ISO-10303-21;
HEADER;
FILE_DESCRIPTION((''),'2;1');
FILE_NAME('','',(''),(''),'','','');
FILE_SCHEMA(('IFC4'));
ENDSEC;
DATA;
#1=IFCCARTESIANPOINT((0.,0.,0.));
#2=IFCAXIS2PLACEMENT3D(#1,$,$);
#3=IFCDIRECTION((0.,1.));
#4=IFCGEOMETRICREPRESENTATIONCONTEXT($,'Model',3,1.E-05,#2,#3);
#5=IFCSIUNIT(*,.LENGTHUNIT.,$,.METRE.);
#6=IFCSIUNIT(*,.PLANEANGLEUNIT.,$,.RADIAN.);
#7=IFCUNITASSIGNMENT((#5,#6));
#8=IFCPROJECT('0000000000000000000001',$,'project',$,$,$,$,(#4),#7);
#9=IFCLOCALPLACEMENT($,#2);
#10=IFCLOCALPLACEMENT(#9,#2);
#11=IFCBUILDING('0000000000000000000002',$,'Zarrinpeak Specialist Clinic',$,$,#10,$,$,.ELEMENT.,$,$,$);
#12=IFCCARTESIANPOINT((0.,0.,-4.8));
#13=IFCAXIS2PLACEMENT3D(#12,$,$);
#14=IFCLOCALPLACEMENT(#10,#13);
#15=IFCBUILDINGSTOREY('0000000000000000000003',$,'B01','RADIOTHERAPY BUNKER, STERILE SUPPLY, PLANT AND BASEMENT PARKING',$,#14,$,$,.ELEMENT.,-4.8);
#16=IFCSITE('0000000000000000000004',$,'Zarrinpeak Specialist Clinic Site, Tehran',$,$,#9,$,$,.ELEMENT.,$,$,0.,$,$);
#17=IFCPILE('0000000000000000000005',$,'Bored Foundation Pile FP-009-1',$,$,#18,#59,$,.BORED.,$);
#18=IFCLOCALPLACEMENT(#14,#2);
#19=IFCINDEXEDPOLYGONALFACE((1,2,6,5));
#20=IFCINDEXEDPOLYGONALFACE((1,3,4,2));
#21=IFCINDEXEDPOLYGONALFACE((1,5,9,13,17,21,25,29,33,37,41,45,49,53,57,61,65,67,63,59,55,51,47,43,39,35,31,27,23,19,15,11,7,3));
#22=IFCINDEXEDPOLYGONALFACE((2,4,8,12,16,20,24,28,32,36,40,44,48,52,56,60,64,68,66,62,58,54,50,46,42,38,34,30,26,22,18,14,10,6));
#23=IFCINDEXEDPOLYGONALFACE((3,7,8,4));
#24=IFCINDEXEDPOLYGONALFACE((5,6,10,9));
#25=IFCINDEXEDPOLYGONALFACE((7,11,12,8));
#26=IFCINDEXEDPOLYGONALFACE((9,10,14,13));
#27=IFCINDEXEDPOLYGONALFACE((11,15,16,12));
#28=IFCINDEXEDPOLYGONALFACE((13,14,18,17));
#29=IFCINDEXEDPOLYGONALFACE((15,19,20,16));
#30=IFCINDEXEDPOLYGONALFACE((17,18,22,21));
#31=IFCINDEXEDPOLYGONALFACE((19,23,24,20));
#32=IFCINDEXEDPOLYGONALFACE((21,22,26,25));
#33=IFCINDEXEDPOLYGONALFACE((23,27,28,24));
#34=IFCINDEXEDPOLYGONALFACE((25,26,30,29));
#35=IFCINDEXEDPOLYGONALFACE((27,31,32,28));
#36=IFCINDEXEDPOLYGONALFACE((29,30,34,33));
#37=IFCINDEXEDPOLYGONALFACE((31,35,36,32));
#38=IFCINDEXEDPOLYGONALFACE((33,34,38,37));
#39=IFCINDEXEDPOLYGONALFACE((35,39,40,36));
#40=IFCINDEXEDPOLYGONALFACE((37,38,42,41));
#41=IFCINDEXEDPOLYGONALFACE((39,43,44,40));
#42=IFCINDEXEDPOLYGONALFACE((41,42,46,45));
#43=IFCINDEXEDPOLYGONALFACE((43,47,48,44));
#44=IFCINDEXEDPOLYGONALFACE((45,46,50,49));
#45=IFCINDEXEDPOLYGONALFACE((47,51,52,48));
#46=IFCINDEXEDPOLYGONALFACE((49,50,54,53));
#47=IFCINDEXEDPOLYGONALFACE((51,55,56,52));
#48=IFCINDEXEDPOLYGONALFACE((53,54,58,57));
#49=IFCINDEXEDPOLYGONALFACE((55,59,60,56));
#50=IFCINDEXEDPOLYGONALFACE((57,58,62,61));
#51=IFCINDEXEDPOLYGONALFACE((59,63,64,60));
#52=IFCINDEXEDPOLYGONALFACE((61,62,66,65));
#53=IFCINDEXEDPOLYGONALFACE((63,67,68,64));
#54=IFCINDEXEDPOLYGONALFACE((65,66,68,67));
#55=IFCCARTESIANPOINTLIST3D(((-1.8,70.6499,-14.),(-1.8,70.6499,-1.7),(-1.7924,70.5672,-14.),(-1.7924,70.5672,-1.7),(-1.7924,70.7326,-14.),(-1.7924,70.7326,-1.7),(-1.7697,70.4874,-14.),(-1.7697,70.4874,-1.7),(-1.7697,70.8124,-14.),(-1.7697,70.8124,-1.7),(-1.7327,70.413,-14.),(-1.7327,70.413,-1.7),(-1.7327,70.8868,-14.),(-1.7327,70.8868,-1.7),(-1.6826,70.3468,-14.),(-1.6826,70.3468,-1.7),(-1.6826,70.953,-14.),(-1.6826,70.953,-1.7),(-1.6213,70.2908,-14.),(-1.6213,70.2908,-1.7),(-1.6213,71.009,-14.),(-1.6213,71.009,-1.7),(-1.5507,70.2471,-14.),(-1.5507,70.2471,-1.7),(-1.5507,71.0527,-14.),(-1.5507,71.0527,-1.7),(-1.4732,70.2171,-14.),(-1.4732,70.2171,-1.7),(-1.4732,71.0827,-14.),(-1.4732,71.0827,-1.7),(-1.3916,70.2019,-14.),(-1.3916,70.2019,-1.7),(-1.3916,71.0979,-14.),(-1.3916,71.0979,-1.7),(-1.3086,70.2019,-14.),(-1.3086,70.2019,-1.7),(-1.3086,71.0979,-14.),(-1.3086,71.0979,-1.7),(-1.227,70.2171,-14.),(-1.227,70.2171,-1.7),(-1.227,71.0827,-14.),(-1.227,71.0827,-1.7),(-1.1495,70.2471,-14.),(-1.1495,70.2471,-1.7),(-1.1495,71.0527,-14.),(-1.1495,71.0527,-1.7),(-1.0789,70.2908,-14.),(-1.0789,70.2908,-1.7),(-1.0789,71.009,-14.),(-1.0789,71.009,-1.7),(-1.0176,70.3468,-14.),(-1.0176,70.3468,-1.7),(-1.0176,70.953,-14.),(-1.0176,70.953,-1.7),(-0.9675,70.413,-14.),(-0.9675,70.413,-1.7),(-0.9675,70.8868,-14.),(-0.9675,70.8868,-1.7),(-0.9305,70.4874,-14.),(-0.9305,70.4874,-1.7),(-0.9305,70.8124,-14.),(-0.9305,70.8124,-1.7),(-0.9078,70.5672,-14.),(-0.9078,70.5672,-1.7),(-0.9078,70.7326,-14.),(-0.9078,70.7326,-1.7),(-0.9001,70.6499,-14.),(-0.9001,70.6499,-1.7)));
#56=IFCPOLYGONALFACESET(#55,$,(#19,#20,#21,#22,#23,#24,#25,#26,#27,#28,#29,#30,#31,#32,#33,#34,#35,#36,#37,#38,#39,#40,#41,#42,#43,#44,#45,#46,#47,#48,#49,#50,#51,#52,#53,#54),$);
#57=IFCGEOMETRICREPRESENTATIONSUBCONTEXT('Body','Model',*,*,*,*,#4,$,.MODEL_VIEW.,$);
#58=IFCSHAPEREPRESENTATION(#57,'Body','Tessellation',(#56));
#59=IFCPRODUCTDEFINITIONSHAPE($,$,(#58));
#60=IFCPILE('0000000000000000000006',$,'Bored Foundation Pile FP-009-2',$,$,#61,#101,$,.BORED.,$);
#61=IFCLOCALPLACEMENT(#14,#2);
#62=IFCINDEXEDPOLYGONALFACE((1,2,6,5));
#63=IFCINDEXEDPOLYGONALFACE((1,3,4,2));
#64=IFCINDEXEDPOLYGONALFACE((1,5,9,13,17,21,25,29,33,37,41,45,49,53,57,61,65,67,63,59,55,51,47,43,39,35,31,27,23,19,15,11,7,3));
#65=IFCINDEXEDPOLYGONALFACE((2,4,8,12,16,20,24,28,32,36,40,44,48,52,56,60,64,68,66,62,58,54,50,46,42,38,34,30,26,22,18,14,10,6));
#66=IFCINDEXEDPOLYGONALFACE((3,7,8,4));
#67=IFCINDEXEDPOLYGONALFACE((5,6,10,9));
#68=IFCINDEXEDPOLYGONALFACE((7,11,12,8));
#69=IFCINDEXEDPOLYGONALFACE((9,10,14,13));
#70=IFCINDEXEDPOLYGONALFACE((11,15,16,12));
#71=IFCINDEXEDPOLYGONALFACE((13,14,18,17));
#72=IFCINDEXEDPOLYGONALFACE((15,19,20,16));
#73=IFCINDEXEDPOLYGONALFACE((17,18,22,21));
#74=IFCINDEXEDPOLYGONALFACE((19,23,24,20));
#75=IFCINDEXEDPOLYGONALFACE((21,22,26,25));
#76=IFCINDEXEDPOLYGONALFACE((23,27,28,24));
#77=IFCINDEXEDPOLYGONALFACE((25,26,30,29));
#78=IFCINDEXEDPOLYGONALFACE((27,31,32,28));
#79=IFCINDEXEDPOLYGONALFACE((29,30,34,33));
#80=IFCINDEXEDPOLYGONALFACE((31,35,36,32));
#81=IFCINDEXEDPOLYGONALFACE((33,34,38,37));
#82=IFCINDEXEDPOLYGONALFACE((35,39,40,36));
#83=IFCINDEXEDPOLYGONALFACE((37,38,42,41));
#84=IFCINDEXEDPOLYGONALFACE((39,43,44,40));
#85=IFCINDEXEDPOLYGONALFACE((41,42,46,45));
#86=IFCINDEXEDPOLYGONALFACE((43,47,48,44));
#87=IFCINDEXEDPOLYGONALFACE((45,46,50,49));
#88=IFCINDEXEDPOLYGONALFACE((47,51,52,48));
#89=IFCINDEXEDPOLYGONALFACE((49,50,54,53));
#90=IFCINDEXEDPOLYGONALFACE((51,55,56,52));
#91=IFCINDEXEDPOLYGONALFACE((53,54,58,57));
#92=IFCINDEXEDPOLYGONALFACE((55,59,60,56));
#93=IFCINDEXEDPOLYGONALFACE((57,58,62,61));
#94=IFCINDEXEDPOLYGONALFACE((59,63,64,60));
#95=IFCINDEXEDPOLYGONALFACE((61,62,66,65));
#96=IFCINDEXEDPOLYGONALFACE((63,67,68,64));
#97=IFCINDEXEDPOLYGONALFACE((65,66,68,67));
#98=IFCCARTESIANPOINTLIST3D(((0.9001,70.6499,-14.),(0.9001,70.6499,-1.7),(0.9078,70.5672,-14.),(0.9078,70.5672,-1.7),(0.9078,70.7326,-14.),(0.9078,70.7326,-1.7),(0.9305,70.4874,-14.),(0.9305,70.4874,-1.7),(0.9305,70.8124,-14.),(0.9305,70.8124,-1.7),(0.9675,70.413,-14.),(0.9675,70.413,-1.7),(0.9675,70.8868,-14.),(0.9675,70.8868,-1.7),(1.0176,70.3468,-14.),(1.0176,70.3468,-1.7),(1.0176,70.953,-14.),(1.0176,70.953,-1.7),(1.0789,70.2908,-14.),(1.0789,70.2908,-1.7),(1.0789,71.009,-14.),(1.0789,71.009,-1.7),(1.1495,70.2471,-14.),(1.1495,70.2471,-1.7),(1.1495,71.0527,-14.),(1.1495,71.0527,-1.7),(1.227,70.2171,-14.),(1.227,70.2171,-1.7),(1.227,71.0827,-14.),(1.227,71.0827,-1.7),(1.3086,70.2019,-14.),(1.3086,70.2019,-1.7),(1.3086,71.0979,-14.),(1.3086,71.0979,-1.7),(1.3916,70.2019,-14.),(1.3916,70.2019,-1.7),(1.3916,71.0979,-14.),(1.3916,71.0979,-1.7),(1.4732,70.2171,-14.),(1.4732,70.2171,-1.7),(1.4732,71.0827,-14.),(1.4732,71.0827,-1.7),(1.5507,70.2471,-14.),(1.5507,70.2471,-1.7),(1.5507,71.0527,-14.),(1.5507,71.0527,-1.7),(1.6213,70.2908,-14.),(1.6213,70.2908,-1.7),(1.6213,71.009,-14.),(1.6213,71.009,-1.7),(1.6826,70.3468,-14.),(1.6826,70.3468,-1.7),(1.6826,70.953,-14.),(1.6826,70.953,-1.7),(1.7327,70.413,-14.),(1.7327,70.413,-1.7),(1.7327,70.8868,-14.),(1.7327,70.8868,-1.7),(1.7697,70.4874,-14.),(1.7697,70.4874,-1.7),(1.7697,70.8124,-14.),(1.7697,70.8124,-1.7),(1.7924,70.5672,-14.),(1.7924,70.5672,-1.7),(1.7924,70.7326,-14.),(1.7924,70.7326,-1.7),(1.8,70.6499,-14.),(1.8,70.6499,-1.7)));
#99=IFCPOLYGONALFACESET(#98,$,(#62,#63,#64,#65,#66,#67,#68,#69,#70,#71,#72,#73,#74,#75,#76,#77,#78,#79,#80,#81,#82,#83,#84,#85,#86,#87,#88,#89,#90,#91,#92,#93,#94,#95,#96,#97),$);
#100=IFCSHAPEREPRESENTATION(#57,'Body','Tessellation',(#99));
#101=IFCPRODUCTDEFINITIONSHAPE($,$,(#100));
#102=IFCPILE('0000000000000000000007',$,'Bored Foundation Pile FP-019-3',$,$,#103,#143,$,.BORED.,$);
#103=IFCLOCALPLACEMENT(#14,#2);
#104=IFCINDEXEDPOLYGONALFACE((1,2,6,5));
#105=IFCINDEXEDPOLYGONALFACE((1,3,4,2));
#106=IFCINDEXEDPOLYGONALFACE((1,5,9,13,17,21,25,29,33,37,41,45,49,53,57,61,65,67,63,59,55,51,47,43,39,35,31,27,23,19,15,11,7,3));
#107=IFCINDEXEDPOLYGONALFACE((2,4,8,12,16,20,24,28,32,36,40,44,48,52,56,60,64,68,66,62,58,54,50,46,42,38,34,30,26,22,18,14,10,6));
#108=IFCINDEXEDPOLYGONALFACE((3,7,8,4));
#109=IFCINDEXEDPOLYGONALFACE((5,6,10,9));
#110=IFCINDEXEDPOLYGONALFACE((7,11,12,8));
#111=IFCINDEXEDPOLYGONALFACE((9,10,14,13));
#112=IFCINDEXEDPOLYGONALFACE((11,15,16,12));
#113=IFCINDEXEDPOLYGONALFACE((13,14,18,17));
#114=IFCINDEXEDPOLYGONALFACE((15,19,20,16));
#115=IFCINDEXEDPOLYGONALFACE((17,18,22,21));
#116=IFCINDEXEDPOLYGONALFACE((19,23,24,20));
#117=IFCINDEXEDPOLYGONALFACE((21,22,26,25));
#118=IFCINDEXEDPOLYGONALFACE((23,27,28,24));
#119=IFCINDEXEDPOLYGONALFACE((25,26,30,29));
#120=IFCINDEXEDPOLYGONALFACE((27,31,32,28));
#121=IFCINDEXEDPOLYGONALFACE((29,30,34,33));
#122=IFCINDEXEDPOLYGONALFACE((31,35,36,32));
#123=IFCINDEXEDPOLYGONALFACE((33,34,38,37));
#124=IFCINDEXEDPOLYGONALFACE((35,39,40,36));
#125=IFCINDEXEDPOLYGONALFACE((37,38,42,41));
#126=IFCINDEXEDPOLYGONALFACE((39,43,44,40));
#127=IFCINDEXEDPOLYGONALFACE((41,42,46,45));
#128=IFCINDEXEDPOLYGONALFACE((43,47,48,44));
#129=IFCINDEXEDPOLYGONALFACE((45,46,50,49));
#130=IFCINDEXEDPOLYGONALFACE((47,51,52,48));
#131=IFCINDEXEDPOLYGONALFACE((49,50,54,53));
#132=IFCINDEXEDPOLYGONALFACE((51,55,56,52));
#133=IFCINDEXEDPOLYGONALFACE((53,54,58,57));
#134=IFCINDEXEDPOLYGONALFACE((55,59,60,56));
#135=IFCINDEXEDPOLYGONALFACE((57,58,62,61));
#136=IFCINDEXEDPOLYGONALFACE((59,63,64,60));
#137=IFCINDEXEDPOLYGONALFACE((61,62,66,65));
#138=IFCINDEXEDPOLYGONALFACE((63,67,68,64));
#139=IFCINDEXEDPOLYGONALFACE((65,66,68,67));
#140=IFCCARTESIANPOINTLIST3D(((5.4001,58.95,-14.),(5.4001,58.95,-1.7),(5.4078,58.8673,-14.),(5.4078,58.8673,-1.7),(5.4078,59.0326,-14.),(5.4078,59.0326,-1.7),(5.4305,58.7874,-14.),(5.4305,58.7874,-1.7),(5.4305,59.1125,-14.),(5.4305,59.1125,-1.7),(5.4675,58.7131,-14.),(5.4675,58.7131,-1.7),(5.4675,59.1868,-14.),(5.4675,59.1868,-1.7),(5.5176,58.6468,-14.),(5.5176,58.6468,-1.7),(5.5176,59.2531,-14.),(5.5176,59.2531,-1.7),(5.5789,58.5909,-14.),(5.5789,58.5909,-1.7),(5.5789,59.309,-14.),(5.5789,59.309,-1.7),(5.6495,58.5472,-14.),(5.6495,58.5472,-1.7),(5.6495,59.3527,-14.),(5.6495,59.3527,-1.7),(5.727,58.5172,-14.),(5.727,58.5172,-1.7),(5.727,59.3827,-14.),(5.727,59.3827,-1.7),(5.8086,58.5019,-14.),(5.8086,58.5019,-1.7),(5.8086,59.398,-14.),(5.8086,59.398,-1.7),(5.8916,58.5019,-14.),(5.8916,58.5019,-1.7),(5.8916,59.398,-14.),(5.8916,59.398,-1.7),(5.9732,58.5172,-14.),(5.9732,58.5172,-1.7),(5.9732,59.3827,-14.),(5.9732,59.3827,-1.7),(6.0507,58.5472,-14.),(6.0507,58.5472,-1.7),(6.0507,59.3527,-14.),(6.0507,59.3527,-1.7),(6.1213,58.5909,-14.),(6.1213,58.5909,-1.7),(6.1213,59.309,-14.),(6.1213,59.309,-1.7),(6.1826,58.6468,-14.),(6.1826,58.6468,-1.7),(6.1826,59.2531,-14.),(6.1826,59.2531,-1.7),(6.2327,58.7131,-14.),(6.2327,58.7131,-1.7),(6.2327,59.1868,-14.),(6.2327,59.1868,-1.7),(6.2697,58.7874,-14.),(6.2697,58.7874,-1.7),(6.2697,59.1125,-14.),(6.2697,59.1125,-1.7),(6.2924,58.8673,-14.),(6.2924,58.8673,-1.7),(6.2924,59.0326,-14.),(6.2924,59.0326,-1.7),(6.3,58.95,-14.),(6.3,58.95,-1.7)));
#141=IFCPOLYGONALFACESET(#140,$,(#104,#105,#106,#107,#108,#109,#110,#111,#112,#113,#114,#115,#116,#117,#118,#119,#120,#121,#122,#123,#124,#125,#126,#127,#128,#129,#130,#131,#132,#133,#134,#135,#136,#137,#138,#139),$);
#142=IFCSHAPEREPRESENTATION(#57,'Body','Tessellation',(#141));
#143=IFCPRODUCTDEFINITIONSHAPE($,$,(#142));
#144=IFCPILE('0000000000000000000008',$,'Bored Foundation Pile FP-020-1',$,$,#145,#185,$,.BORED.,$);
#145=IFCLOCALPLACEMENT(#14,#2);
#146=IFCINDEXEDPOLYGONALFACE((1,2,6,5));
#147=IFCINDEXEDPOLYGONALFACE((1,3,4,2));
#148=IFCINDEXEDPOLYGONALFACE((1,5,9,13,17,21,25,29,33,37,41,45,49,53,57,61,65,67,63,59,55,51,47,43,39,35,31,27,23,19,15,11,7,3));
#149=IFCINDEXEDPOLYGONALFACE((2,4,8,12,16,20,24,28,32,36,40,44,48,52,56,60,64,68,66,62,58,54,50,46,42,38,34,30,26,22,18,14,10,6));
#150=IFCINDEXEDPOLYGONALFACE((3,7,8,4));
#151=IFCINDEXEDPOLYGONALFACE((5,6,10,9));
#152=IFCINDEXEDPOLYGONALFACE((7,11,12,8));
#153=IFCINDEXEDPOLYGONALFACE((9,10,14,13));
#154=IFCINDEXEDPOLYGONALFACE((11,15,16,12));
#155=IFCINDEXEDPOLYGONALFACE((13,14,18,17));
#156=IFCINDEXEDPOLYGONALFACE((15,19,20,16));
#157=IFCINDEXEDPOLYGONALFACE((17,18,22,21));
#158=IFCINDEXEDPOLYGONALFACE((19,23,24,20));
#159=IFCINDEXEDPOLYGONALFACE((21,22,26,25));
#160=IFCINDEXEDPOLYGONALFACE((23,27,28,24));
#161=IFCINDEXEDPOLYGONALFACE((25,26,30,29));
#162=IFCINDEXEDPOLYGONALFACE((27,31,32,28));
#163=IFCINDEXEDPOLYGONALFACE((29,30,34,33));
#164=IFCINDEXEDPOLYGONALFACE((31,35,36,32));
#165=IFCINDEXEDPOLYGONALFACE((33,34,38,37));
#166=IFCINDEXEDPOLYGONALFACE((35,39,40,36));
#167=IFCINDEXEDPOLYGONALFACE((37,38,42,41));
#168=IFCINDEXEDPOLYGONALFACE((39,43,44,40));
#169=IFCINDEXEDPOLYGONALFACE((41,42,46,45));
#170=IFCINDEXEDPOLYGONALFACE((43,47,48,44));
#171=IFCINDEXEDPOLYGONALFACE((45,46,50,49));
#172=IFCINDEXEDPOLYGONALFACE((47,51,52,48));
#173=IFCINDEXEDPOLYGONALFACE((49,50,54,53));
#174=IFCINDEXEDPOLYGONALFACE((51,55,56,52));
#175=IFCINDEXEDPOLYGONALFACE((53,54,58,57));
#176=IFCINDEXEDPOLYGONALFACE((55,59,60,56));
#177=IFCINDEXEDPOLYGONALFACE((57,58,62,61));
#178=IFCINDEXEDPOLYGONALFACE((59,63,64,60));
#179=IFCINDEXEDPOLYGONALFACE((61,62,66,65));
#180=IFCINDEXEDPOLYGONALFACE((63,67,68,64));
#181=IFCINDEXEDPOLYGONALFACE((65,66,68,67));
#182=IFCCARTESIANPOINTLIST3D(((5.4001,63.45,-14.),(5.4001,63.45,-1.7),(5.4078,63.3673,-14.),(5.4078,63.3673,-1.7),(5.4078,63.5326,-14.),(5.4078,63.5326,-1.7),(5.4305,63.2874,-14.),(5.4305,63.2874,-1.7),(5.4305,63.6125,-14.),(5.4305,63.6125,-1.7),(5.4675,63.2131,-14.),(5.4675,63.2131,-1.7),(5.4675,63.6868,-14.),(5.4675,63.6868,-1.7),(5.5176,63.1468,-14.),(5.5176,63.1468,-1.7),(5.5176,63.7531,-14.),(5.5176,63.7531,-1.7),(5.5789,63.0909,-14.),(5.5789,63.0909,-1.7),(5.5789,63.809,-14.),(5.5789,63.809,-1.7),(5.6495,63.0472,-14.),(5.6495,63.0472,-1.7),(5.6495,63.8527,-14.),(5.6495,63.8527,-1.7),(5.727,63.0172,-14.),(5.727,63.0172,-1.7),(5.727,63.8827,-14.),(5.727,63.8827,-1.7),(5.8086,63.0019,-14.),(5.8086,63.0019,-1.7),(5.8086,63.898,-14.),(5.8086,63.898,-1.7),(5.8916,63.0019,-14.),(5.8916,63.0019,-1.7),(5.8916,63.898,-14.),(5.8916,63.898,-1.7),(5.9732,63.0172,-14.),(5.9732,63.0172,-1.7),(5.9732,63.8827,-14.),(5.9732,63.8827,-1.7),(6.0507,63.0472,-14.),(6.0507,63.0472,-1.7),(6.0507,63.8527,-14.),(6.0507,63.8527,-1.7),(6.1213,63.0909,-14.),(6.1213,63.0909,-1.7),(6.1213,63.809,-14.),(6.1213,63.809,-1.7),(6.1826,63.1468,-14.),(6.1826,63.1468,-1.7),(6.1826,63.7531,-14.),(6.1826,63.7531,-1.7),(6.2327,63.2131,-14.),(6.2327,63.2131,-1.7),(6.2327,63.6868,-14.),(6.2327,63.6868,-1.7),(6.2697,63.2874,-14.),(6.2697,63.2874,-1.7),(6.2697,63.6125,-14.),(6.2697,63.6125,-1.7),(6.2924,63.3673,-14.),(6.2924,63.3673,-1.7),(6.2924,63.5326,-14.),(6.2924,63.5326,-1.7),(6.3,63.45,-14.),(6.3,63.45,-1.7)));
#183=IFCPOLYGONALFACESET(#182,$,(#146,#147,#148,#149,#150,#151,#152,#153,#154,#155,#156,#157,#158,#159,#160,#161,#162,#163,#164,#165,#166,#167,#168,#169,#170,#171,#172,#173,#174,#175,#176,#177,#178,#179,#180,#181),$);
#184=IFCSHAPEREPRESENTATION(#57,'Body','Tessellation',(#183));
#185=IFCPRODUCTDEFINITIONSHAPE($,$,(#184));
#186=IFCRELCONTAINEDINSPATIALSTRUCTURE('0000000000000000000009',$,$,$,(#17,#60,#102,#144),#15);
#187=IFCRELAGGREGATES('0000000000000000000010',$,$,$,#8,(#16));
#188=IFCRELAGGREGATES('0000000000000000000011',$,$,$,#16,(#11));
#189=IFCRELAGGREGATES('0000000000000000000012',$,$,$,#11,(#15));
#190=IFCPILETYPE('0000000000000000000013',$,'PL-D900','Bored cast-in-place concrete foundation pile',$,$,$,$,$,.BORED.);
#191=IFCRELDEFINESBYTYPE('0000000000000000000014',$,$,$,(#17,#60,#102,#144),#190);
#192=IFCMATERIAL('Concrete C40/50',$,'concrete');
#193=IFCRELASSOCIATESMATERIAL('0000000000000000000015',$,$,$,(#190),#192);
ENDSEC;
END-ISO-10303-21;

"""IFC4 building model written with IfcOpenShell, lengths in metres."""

from ifc_helpers import new_model, si_unit, direction, frame, origin, origin_2d, place, context, subcontext, project, spatial, circle, extrude, material, material_profile, profile_set, type_object, element, save


model = new_model("IFC4")

# Units and contexts
model_context = context("Model", 3, precision=1e-05, world=origin(), true_north=direction((0.0, 1.0)))
body_context = subcontext(model_context, "Body", "Model", "MODEL_VIEW")
ifc_project = project(units=[si_unit("LENGTHUNIT", "METRE"), si_unit("PLANEANGLEUNIT", "RADIAN")], contexts=[model_context])

# Site, building, storey
site_placement = place(None, origin())
site = spatial("IfcSite", under=ifc_project, at=site_placement, Name="Zarrinpeak Specialist Clinic Site, Tehran", CompositionType="ELEMENT", RefElevation=0.0)
building_placement = place(site_placement, origin())
building = spatial("IfcBuilding", under=site, at=building_placement, Name="Zarrinpeak Specialist Clinic", CompositionType="ELEMENT")
storey_placement = place(building_placement, frame((0.0, 0.0, -4.8)))
storey = spatial("IfcBuildingStorey", under=building, at=storey_placement, Name="B01", Description="RADIOTHERAPY BUNKER, STERILE SUPPLY, PLANT AND BASEMENT PARKING", CompositionType="ELEMENT", Elevation=-4.8)

# Shared definitions
ifc_material_1 = material(Name="Concrete C40/50", Category="concrete")

# Piles
ifc_material_profile_1 = material_profile(ifc_material_1, circle(Radius=0.45, at=origin_2d()), Name="BORED PILE D900")
ifc_profile_set_1 = profile_set([ifc_material_profile_1], Name="Concrete C40/50")
pile_type = type_object("IfcPileType", Name="PL-D900", Description="Bored cast-in-place concrete foundation pile", PredefinedType="BORED", material=ifc_profile_set_1)
for number, where, z_axis, x_axis, name in (
    (1, (-1.3501, 70.6499, -1.7), (0.0, 0.0, -1.0), (1.0, 0.0, 0.0), "Bored Foundation Pile FP-009-1"),
    (2, (1.3501, 70.6499, -1.7), (0.0, 0.0, -1.0), (1.0, 0.0, 0.0), "Bored Foundation Pile FP-009-2"),
    (3, (5.8501, 58.95, -1.7), (0.0, 0.0, -1.0), (1.0, 0.0, 0.0), "Bored Foundation Pile FP-019-3"),
    (4, (5.8501, 63.45, -1.7), (0.0, 0.0, -1.0), (1.0, 0.0, 0.0), "Bored Foundation Pile FP-020-1"),
):
    element("IfcPile", number, at=place(storey_placement, frame(where, z_axis=z_axis, x_axis=x_axis)), inside=storey, type_object=pile_type, Name=name, PredefinedType="BORED", context=body_context, shape_type="SweptSolid", body=[
        extrude(circle(Radius=0.45, at=origin_2d()), origin(), (0.0, 0.0, 1.0), 12.3),
    ])

save(model, "model.ifc")
